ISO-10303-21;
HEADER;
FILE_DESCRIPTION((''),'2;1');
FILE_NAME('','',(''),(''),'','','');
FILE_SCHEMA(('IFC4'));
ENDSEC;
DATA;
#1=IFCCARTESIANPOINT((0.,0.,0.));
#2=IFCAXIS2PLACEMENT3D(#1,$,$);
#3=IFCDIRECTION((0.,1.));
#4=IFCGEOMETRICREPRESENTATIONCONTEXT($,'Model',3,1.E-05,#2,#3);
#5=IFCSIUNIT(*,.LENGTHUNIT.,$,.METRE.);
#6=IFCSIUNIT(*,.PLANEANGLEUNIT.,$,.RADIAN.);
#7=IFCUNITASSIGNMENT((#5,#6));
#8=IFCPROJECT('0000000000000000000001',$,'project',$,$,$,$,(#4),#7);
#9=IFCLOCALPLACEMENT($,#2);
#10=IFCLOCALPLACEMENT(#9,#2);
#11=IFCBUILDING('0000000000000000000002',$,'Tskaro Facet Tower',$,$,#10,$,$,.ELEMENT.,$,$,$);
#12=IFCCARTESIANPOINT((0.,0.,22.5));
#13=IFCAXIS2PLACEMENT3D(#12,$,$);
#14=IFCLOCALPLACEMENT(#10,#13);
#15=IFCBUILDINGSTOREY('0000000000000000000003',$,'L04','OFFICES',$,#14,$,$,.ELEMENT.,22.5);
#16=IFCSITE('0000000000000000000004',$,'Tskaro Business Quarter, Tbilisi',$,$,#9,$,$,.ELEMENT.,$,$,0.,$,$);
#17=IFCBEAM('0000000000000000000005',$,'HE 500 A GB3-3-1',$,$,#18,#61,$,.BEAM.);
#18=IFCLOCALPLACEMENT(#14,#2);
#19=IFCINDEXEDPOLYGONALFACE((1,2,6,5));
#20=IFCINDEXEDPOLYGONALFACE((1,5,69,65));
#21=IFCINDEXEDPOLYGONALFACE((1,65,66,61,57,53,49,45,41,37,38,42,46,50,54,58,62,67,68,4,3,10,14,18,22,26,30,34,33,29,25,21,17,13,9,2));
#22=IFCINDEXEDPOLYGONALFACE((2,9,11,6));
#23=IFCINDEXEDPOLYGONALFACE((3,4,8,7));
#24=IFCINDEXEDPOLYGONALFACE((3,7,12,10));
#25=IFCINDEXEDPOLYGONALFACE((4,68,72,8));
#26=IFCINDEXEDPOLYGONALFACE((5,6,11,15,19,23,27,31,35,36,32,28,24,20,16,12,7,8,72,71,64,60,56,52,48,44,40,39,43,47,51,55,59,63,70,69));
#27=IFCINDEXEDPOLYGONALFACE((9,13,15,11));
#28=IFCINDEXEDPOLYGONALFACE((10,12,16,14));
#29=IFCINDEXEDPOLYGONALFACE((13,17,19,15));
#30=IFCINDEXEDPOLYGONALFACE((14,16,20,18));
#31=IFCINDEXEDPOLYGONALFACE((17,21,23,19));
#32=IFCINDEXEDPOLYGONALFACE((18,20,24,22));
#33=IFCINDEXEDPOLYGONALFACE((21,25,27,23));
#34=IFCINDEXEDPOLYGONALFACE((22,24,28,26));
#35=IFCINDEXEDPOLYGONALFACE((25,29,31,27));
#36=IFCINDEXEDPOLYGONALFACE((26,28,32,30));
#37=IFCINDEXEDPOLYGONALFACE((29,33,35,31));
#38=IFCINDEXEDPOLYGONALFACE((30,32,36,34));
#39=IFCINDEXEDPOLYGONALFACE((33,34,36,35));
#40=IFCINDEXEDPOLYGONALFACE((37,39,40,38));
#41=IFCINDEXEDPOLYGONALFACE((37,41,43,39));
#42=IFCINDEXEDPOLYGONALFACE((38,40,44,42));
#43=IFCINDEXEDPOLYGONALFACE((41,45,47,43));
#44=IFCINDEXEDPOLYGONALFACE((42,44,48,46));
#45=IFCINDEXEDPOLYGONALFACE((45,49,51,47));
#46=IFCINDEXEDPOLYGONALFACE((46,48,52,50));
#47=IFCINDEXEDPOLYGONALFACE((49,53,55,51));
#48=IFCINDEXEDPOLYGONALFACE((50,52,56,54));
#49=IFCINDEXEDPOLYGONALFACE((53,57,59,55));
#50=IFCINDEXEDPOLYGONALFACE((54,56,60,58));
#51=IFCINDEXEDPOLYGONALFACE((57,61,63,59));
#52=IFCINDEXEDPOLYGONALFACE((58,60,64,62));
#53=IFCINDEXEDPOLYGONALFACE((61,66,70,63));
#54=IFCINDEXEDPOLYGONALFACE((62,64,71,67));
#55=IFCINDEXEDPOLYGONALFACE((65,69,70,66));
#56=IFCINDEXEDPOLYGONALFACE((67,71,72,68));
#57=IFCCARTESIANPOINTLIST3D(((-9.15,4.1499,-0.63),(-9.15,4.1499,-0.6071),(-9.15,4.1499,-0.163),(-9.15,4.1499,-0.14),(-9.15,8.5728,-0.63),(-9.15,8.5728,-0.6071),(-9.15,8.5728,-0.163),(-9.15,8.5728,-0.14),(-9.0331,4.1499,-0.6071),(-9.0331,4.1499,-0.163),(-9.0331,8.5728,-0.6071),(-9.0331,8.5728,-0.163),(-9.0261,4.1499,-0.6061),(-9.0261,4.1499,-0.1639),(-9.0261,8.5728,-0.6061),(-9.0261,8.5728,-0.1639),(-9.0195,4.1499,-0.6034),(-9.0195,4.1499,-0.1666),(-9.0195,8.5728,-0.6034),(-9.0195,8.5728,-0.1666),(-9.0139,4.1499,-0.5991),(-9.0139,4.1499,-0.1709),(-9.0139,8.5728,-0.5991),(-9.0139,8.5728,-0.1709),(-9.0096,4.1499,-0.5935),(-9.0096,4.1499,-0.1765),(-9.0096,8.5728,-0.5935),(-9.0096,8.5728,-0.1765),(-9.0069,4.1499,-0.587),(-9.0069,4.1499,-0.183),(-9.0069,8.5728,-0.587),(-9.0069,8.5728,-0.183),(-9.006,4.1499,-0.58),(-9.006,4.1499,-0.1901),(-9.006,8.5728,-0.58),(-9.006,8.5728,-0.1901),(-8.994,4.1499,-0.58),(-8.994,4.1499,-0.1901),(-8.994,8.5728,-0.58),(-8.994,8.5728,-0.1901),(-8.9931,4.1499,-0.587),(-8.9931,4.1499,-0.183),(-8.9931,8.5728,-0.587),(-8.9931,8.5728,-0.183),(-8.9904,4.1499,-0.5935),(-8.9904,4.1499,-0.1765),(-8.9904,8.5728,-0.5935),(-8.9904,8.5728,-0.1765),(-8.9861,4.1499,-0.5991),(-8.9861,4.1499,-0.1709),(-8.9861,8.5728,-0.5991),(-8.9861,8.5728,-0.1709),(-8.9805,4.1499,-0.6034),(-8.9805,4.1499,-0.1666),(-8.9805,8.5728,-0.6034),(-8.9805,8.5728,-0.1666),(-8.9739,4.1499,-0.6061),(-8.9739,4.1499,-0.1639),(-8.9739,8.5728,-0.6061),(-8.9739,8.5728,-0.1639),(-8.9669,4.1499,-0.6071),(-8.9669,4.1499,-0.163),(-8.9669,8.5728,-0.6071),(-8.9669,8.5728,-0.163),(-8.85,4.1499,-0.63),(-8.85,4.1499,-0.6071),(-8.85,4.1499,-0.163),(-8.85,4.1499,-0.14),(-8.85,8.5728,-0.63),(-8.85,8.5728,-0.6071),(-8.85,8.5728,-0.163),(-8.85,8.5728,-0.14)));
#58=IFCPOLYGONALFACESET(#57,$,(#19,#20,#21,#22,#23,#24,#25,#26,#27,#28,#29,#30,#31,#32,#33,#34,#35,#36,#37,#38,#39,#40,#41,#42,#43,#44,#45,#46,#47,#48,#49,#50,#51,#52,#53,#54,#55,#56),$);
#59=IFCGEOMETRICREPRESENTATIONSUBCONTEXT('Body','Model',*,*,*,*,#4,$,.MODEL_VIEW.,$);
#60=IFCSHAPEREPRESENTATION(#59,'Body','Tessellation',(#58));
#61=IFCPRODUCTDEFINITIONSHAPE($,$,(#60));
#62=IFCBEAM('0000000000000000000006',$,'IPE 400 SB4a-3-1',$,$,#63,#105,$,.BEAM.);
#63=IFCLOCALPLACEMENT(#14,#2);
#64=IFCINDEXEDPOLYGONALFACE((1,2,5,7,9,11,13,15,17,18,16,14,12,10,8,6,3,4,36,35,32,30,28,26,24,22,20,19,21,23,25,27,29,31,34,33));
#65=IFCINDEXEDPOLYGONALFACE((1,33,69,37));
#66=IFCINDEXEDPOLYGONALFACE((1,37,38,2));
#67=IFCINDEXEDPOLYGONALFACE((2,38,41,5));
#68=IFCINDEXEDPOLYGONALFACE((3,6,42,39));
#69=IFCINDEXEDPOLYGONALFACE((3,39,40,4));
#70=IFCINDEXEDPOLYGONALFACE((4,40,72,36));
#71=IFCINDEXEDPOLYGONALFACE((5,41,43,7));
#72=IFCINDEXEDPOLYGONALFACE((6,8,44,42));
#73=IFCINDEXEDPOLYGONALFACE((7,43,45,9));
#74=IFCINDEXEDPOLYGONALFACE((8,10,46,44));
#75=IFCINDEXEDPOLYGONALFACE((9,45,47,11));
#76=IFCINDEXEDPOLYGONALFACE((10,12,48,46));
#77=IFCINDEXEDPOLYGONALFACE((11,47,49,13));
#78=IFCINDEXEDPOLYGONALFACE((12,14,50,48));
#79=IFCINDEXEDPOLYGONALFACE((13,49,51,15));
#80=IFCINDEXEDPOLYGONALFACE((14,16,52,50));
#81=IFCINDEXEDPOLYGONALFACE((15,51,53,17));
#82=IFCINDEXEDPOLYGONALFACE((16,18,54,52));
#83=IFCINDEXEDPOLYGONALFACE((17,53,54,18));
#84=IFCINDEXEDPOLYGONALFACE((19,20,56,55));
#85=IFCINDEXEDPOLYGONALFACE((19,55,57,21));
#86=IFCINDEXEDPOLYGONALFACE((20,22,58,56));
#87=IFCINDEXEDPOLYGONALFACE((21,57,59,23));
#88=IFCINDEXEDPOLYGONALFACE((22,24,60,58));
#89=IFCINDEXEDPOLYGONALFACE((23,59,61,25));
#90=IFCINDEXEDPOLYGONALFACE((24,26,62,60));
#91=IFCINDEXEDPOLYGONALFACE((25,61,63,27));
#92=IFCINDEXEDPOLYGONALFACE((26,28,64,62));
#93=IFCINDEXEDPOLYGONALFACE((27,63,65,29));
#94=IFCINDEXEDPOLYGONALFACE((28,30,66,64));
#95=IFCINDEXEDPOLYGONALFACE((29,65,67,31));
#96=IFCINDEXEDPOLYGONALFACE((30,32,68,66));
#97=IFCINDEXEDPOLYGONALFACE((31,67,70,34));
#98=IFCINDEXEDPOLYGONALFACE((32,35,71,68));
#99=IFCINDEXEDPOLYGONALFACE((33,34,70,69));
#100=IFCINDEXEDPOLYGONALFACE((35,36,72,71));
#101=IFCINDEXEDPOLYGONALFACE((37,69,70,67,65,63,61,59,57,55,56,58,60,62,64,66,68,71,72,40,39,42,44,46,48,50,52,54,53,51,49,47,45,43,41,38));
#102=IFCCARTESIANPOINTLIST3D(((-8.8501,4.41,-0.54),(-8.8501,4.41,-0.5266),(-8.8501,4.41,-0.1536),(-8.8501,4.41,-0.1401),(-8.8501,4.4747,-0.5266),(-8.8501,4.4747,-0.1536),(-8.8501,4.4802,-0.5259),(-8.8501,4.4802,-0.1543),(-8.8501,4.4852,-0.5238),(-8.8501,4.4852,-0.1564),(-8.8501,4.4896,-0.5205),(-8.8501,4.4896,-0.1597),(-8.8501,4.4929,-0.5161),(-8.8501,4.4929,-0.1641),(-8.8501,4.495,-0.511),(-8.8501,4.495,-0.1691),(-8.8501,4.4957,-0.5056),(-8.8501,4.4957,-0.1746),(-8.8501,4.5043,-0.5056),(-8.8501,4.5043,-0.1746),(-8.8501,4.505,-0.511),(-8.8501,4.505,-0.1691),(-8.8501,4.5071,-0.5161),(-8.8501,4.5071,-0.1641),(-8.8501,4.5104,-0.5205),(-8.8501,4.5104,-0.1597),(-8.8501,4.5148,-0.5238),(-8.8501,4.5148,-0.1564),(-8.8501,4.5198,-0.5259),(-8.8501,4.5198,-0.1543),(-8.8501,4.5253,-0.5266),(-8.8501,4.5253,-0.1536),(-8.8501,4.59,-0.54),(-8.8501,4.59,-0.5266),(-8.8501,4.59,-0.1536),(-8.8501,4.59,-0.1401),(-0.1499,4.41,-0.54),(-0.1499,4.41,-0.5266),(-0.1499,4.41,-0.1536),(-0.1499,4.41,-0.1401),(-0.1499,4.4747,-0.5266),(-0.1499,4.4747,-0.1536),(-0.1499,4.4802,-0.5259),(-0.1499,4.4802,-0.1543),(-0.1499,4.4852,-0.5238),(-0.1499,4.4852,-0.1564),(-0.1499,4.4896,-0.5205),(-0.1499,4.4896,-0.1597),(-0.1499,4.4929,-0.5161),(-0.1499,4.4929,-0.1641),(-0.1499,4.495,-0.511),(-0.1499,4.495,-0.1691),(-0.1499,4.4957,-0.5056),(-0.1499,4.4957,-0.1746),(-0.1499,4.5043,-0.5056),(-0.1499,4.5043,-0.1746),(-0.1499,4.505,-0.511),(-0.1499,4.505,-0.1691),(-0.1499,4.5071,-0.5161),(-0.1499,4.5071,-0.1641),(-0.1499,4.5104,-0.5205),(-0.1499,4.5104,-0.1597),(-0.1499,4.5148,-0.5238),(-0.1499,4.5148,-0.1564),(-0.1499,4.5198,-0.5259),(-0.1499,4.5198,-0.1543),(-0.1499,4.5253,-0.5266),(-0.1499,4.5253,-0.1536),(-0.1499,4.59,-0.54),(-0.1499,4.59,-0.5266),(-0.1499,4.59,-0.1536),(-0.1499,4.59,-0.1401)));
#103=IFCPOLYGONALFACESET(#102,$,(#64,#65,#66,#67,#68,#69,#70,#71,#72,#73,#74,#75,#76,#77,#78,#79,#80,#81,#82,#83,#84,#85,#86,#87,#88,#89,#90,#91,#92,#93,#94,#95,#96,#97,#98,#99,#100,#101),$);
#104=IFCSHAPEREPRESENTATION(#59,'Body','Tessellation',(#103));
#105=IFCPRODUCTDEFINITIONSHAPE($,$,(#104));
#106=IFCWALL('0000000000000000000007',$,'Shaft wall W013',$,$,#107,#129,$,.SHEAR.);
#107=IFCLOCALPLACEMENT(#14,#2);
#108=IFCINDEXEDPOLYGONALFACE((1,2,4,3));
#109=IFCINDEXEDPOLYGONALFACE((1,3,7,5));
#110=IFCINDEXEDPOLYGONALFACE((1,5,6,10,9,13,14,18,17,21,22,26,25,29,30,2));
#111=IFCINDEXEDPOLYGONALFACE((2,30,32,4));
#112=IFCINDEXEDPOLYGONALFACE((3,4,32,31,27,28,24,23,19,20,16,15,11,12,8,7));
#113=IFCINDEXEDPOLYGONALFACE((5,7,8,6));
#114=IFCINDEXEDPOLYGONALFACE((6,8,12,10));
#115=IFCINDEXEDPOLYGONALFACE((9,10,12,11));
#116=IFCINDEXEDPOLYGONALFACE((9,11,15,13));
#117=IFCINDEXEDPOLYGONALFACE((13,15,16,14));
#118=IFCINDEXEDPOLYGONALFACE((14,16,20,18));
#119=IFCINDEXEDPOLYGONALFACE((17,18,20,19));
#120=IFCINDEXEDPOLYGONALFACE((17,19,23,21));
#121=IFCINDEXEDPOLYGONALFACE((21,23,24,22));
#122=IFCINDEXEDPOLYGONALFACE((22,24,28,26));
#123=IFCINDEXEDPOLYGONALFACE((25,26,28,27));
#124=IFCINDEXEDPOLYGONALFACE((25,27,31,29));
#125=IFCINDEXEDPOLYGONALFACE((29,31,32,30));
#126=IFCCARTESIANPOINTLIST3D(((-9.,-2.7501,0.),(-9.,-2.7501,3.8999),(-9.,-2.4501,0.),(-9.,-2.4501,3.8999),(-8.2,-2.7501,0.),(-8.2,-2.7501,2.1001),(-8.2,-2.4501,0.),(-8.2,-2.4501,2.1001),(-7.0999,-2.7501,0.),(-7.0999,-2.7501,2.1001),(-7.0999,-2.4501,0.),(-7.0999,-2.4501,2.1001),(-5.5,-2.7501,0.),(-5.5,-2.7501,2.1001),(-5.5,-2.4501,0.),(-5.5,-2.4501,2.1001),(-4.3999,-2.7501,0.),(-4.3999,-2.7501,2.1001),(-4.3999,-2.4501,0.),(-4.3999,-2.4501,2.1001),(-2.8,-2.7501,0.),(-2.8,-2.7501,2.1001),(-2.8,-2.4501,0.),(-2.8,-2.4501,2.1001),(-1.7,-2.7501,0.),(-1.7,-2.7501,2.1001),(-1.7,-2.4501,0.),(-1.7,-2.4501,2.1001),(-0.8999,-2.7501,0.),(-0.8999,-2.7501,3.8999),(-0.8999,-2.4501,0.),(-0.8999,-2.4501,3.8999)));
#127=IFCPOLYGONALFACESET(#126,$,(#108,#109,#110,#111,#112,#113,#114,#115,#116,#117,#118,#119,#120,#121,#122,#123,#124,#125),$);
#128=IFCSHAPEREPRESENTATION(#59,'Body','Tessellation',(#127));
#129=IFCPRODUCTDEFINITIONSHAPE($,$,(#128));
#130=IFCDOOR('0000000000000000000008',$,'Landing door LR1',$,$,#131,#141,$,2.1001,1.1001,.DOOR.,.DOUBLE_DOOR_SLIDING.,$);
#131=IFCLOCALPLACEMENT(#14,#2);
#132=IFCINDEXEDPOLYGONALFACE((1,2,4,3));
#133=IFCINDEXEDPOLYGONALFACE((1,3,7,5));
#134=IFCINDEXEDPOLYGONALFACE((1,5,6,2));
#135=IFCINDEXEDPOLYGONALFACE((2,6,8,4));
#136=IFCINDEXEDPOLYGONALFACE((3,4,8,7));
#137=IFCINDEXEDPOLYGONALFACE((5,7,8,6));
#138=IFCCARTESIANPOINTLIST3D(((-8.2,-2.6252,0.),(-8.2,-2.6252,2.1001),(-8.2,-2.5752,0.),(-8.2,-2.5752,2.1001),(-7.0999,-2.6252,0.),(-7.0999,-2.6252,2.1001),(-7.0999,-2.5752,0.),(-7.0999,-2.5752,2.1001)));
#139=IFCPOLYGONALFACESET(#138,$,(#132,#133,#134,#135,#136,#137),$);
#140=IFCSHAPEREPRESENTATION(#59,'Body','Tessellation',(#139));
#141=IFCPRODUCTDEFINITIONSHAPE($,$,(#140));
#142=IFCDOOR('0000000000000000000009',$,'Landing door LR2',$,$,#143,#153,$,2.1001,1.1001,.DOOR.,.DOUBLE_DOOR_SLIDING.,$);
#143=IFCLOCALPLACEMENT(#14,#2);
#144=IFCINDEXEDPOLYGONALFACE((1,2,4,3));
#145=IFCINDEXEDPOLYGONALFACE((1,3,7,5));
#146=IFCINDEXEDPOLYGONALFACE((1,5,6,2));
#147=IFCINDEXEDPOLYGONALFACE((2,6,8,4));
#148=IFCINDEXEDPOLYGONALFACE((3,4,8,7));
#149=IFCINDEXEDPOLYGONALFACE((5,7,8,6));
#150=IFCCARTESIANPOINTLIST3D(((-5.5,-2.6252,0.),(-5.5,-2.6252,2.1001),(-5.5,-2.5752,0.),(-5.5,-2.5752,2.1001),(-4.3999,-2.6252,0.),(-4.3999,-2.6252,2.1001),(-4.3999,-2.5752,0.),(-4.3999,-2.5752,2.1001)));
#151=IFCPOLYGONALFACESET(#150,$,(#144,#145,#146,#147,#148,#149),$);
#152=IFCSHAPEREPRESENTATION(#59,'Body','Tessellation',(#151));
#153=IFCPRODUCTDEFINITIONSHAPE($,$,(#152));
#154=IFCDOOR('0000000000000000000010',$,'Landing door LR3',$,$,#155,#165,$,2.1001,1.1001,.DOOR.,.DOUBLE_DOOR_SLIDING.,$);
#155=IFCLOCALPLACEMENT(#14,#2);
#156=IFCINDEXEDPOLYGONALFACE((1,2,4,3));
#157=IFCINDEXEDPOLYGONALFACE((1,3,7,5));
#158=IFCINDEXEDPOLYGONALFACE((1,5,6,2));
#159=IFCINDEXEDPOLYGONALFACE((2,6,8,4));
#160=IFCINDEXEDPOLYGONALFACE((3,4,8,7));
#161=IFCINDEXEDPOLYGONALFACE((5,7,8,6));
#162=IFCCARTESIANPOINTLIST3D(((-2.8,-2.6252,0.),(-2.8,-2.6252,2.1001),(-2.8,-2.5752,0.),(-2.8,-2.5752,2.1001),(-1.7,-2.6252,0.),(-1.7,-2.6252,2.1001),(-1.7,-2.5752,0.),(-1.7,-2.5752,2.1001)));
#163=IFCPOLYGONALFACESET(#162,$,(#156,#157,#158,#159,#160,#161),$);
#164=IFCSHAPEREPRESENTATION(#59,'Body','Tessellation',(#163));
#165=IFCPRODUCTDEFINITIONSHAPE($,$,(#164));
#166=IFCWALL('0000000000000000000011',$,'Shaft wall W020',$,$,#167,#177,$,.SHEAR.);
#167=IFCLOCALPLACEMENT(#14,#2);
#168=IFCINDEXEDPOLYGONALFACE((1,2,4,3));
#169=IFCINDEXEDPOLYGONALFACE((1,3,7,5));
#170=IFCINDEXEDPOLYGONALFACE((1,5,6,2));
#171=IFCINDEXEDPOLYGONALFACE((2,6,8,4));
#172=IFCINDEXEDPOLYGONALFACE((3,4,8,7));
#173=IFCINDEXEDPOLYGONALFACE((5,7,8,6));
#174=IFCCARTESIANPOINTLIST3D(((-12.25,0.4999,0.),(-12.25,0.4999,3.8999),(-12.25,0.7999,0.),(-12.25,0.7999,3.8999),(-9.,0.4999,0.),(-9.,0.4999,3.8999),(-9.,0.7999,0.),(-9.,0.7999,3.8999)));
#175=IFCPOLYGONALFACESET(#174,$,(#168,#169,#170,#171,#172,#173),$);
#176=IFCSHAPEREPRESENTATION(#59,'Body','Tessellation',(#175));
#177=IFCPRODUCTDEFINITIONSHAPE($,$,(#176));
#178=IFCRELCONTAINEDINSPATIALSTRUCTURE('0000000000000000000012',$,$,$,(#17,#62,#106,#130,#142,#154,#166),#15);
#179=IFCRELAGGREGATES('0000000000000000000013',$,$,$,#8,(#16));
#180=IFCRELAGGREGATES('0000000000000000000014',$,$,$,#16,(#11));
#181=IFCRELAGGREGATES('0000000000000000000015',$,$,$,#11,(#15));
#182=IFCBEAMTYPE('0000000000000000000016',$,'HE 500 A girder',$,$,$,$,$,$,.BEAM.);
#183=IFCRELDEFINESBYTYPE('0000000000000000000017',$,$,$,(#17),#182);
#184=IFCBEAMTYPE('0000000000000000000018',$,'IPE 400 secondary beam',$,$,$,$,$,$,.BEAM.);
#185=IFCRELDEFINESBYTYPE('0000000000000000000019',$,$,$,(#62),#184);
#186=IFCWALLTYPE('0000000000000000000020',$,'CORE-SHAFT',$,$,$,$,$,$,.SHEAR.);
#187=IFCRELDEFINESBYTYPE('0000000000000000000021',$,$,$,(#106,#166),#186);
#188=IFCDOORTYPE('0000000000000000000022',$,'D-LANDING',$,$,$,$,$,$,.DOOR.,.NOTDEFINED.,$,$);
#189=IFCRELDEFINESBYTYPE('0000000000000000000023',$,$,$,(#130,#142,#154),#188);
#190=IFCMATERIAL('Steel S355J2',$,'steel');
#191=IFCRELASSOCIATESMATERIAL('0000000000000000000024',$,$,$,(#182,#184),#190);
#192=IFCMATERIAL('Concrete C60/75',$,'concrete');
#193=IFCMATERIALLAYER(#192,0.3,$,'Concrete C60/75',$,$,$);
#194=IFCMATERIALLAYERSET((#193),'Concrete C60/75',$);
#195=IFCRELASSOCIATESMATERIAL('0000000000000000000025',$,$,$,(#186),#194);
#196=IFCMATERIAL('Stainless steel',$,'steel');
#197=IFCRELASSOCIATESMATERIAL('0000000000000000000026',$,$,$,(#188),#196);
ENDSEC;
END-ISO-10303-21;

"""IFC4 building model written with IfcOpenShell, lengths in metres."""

from ifc_helpers import new_model, si_unit, direction, frame, frame_2d, origin, origin_2d, place, context, subcontext, project, spatial, rectangle, i_section, extrude, material, layer, layer_set, material_profile, profile_set, type_object, element, fill, save


model = new_model("IFC4")

# Units and contexts
model_context = context("Model", 3, precision=1e-05, world=origin(), true_north=direction((0.0, 1.0)))
body_context = subcontext(model_context, "Body", "Model", "MODEL_VIEW")
ifc_project = project(units=[si_unit("LENGTHUNIT", "METRE"), si_unit("PLANEANGLEUNIT", "RADIAN")], contexts=[model_context])

# Site, building, storey
site_placement = place(None, origin())
site = spatial("IfcSite", under=ifc_project, at=site_placement, Name="Tskaro Business Quarter, Tbilisi", CompositionType="ELEMENT", RefElevation=0.0)
building_placement = place(site_placement, origin())
building = spatial("IfcBuilding", under=site, at=building_placement, Name="Tskaro Facet Tower", CompositionType="ELEMENT")
storey_placement = place(building_placement, frame((0.0, 0.0, 22.5)))
storey = spatial("IfcBuildingStorey", under=building, at=storey_placement, Name="L04", Description="OFFICES", CompositionType="ELEMENT", Elevation=22.5)

# Beams
ifc_material_1 = material(Name="Steel S355J2", Category="steel")
ifc_material_profile_1 = material_profile(ifc_material_1, i_section(OverallWidth=0.3, OverallDepth=0.49, WebThickness=0.012, FlangeThickness=0.0229, FilletRadius=0.0271, at=origin_2d()), Name="HE 500 A")
ifc_profile_set_1 = profile_set([ifc_material_profile_1], Name="Steel S355J2")
beam_type_1 = type_object("IfcBeamType", Name="HE 500 A girder", PredefinedType="BEAM", material=ifc_profile_set_1)
beam_1_placement = place(storey_placement, frame((-9.0, 4.1499, -0.385), z_axis=(0.0, 1.0, 0.0), x_axis=(-1.0, 0.0, 0.0)))
element("IfcBeam", 1, at=beam_1_placement, inside=storey, type_object=beam_type_1, Name="HE 500 A GB3-3-1", PredefinedType="BEAM", context=body_context, shape_type="SweptSolid", body=[
    extrude(i_section(OverallWidth=0.3, OverallDepth=0.49, WebThickness=0.012, FlangeThickness=0.0229, FilletRadius=0.0271, at=origin_2d()), origin(), (0.0, 0.0, 1.0), 4.4229),
])
ifc_material_profile_2 = material_profile(ifc_material_1, i_section(OverallWidth=0.1799, OverallDepth=0.3999, WebThickness=0.0085, FlangeThickness=0.0134, FilletRadius=0.021, at=origin_2d()), Name="IPE 400")
ifc_profile_set_2 = profile_set([ifc_material_profile_2], Name="Steel S355J2")
beam_type_2 = type_object("IfcBeamType", Name="IPE 400 secondary beam", PredefinedType="BEAM", material=ifc_profile_set_2)
beam_2_placement = place(storey_placement, frame((-8.8501, 4.5, -0.3401), z_axis=(1.0, 0.0, 0.0), x_axis=(0.0, 1.0, 0.0)))
element("IfcBeam", 2, at=beam_2_placement, inside=storey, type_object=beam_type_2, Name="IPE 400 SB4a-3-1", PredefinedType="BEAM", context=body_context, shape_type="SweptSolid", body=[
    extrude(i_section(OverallWidth=0.1799, OverallDepth=0.3999, WebThickness=0.0085, FlangeThickness=0.0134, FilletRadius=0.021, at=origin_2d()), origin(), (0.0, 0.0, 1.0), 8.7002),
])

# Wall, openings, doors
ifc_material_2 = material(Name="Concrete C60/75", Category="concrete")
ifc_layer_1 = layer(ifc_material_2, 0.3, Name="Concrete C60/75")
ifc_layer_set_1 = layer_set([ifc_layer_1], Name="Concrete C60/75")
wall_type_1 = type_object("IfcWallType", Name="CORE-SHAFT", PredefinedType="SHEAR", material=ifc_layer_set_1)
wall_1_placement = place(storey_placement, frame((-9.0, -2.6001, 0.0), z_axis=(0.0, 0.0, 1.0), x_axis=(1.0, 0.0, 0.0)))
wall_1 = element("IfcWall", 3, at=wall_1_placement, inside=storey, type_object=wall_type_1, Name="Shaft wall W013", PredefinedType="SHEAR", context=body_context, shape_type="SweptSolid", body=[
    extrude(rectangle(XDim=8.1001, YDim=0.3, at=frame_2d((4.05, 0.0))), origin(), (0.0, 0.0, 1.0), 3.8999),
])
opening_1_placement = place(wall_1_placement, frame((0.8, 0.0, 0.0)))
opening_1 = element("IfcOpeningElement", 4, at=opening_1_placement, cuts=wall_1, PredefinedType="OPENING", context=body_context, shape_type="SweptSolid", body=[
    extrude(rectangle(XDim=1.1001, YDim=2.1001, at=frame_2d((0.55, 1.05))), frame((0.0, 0.1599, 0.0), z_axis=(0.0, -1.0, 0.0), x_axis=(1.0, 0.0, 0.0)), (0.0, 0.0, 1.0), 0.3201),
])
opening_2_placement = place(wall_1_placement, frame((3.5, 0.0, 0.0)))
opening_2 = element("IfcOpeningElement", 5, at=opening_2_placement, cuts=wall_1, PredefinedType="OPENING", context=body_context, shape_type="SweptSolid", body=[
    extrude(rectangle(XDim=1.1001, YDim=2.1001, at=frame_2d((0.55, 1.05))), frame((0.0, 0.1599, 0.0), z_axis=(0.0, -1.0, 0.0), x_axis=(1.0, 0.0, 0.0)), (0.0, 0.0, 1.0), 0.3201),
])
opening_3_placement = place(wall_1_placement, frame((6.2, 0.0, 0.0)))
opening_3 = element("IfcOpeningElement", 6, at=opening_3_placement, cuts=wall_1, PredefinedType="OPENING", context=body_context, shape_type="SweptSolid", body=[
    extrude(rectangle(XDim=1.1001, YDim=2.1001, at=frame_2d((0.55, 1.05))), frame((0.0, 0.1599, 0.0), z_axis=(0.0, -1.0, 0.0), x_axis=(1.0, 0.0, 0.0)), (0.0, 0.0, 1.0), 0.3201),
])
ifc_material_3 = material(Name="Stainless steel", Category="steel")
door_type_1 = type_object("IfcDoorType", Name="D-LANDING", OperationType="NOTDEFINED", PredefinedType="DOOR", material=ifc_material_3)
door_1_placement = place(opening_1_placement, origin())
door_1 = element("IfcDoor", 7, at=door_1_placement, inside=storey, type_object=door_type_1, Name="Landing door LR1", OperationType="DOUBLE_DOOR_SLIDING", OverallHeight=2.1001, OverallWidth=1.1001, PredefinedType="DOOR", context=body_context, shape_type="SweptSolid", body=[
    extrude(rectangle(XDim=1.1001, YDim=2.1001, at=frame_2d((0.55, 1.05))), frame((0.0, 0.0249, 0.0), z_axis=(0.0, -1.0, 0.0), x_axis=(1.0, 0.0, 0.0)), (0.0, 0.0, 1.0), 0.05),
])
fill(opening_1, door_1)
door_2_placement = place(opening_2_placement, origin())
door_2 = element("IfcDoor", 8, at=door_2_placement, inside=storey, type_object=door_type_1, Name="Landing door LR2", OperationType="DOUBLE_DOOR_SLIDING", OverallHeight=2.1001, OverallWidth=1.1001, PredefinedType="DOOR", context=body_context, shape_type="SweptSolid", body=[
    extrude(rectangle(XDim=1.1001, YDim=2.1001, at=frame_2d((0.55, 1.05))), frame((0.0, 0.0249, 0.0), z_axis=(0.0, -1.0, 0.0), x_axis=(1.0, 0.0, 0.0)), (0.0, 0.0, 1.0), 0.05),
])
fill(opening_2, door_2)
door_3_placement = place(opening_3_placement, origin())
door_3 = element("IfcDoor", 9, at=door_3_placement, inside=storey, type_object=door_type_1, Name="Landing door LR3", OperationType="DOUBLE_DOOR_SLIDING", OverallHeight=2.1001, OverallWidth=1.1001, PredefinedType="DOOR", context=body_context, shape_type="SweptSolid", body=[
    extrude(rectangle(XDim=1.1001, YDim=2.1001, at=frame_2d((0.55, 1.05))), frame((0.0, 0.0249, 0.0), z_axis=(0.0, -1.0, 0.0), x_axis=(1.0, 0.0, 0.0)), (0.0, 0.0, 1.0), 0.05),
])
fill(opening_3, door_3)

# Wall
wall_2_placement = place(storey_placement, frame((-9.0, 0.6499, 0.0), z_axis=(0.0, 0.0, 1.0), x_axis=(-1.0, 0.0, 0.0)))
element("IfcWall", 10, at=wall_2_placement, inside=storey, type_object=wall_type_1, Name="Shaft wall W020", PredefinedType="SHEAR", context=body_context, shape_type="SweptSolid", body=[
    extrude(rectangle(XDim=3.25, YDim=0.3, at=frame_2d((1.625, 0.0))), origin(), (0.0, 0.0, 1.0), 3.8999),
])

save(model, "model.ifc")
